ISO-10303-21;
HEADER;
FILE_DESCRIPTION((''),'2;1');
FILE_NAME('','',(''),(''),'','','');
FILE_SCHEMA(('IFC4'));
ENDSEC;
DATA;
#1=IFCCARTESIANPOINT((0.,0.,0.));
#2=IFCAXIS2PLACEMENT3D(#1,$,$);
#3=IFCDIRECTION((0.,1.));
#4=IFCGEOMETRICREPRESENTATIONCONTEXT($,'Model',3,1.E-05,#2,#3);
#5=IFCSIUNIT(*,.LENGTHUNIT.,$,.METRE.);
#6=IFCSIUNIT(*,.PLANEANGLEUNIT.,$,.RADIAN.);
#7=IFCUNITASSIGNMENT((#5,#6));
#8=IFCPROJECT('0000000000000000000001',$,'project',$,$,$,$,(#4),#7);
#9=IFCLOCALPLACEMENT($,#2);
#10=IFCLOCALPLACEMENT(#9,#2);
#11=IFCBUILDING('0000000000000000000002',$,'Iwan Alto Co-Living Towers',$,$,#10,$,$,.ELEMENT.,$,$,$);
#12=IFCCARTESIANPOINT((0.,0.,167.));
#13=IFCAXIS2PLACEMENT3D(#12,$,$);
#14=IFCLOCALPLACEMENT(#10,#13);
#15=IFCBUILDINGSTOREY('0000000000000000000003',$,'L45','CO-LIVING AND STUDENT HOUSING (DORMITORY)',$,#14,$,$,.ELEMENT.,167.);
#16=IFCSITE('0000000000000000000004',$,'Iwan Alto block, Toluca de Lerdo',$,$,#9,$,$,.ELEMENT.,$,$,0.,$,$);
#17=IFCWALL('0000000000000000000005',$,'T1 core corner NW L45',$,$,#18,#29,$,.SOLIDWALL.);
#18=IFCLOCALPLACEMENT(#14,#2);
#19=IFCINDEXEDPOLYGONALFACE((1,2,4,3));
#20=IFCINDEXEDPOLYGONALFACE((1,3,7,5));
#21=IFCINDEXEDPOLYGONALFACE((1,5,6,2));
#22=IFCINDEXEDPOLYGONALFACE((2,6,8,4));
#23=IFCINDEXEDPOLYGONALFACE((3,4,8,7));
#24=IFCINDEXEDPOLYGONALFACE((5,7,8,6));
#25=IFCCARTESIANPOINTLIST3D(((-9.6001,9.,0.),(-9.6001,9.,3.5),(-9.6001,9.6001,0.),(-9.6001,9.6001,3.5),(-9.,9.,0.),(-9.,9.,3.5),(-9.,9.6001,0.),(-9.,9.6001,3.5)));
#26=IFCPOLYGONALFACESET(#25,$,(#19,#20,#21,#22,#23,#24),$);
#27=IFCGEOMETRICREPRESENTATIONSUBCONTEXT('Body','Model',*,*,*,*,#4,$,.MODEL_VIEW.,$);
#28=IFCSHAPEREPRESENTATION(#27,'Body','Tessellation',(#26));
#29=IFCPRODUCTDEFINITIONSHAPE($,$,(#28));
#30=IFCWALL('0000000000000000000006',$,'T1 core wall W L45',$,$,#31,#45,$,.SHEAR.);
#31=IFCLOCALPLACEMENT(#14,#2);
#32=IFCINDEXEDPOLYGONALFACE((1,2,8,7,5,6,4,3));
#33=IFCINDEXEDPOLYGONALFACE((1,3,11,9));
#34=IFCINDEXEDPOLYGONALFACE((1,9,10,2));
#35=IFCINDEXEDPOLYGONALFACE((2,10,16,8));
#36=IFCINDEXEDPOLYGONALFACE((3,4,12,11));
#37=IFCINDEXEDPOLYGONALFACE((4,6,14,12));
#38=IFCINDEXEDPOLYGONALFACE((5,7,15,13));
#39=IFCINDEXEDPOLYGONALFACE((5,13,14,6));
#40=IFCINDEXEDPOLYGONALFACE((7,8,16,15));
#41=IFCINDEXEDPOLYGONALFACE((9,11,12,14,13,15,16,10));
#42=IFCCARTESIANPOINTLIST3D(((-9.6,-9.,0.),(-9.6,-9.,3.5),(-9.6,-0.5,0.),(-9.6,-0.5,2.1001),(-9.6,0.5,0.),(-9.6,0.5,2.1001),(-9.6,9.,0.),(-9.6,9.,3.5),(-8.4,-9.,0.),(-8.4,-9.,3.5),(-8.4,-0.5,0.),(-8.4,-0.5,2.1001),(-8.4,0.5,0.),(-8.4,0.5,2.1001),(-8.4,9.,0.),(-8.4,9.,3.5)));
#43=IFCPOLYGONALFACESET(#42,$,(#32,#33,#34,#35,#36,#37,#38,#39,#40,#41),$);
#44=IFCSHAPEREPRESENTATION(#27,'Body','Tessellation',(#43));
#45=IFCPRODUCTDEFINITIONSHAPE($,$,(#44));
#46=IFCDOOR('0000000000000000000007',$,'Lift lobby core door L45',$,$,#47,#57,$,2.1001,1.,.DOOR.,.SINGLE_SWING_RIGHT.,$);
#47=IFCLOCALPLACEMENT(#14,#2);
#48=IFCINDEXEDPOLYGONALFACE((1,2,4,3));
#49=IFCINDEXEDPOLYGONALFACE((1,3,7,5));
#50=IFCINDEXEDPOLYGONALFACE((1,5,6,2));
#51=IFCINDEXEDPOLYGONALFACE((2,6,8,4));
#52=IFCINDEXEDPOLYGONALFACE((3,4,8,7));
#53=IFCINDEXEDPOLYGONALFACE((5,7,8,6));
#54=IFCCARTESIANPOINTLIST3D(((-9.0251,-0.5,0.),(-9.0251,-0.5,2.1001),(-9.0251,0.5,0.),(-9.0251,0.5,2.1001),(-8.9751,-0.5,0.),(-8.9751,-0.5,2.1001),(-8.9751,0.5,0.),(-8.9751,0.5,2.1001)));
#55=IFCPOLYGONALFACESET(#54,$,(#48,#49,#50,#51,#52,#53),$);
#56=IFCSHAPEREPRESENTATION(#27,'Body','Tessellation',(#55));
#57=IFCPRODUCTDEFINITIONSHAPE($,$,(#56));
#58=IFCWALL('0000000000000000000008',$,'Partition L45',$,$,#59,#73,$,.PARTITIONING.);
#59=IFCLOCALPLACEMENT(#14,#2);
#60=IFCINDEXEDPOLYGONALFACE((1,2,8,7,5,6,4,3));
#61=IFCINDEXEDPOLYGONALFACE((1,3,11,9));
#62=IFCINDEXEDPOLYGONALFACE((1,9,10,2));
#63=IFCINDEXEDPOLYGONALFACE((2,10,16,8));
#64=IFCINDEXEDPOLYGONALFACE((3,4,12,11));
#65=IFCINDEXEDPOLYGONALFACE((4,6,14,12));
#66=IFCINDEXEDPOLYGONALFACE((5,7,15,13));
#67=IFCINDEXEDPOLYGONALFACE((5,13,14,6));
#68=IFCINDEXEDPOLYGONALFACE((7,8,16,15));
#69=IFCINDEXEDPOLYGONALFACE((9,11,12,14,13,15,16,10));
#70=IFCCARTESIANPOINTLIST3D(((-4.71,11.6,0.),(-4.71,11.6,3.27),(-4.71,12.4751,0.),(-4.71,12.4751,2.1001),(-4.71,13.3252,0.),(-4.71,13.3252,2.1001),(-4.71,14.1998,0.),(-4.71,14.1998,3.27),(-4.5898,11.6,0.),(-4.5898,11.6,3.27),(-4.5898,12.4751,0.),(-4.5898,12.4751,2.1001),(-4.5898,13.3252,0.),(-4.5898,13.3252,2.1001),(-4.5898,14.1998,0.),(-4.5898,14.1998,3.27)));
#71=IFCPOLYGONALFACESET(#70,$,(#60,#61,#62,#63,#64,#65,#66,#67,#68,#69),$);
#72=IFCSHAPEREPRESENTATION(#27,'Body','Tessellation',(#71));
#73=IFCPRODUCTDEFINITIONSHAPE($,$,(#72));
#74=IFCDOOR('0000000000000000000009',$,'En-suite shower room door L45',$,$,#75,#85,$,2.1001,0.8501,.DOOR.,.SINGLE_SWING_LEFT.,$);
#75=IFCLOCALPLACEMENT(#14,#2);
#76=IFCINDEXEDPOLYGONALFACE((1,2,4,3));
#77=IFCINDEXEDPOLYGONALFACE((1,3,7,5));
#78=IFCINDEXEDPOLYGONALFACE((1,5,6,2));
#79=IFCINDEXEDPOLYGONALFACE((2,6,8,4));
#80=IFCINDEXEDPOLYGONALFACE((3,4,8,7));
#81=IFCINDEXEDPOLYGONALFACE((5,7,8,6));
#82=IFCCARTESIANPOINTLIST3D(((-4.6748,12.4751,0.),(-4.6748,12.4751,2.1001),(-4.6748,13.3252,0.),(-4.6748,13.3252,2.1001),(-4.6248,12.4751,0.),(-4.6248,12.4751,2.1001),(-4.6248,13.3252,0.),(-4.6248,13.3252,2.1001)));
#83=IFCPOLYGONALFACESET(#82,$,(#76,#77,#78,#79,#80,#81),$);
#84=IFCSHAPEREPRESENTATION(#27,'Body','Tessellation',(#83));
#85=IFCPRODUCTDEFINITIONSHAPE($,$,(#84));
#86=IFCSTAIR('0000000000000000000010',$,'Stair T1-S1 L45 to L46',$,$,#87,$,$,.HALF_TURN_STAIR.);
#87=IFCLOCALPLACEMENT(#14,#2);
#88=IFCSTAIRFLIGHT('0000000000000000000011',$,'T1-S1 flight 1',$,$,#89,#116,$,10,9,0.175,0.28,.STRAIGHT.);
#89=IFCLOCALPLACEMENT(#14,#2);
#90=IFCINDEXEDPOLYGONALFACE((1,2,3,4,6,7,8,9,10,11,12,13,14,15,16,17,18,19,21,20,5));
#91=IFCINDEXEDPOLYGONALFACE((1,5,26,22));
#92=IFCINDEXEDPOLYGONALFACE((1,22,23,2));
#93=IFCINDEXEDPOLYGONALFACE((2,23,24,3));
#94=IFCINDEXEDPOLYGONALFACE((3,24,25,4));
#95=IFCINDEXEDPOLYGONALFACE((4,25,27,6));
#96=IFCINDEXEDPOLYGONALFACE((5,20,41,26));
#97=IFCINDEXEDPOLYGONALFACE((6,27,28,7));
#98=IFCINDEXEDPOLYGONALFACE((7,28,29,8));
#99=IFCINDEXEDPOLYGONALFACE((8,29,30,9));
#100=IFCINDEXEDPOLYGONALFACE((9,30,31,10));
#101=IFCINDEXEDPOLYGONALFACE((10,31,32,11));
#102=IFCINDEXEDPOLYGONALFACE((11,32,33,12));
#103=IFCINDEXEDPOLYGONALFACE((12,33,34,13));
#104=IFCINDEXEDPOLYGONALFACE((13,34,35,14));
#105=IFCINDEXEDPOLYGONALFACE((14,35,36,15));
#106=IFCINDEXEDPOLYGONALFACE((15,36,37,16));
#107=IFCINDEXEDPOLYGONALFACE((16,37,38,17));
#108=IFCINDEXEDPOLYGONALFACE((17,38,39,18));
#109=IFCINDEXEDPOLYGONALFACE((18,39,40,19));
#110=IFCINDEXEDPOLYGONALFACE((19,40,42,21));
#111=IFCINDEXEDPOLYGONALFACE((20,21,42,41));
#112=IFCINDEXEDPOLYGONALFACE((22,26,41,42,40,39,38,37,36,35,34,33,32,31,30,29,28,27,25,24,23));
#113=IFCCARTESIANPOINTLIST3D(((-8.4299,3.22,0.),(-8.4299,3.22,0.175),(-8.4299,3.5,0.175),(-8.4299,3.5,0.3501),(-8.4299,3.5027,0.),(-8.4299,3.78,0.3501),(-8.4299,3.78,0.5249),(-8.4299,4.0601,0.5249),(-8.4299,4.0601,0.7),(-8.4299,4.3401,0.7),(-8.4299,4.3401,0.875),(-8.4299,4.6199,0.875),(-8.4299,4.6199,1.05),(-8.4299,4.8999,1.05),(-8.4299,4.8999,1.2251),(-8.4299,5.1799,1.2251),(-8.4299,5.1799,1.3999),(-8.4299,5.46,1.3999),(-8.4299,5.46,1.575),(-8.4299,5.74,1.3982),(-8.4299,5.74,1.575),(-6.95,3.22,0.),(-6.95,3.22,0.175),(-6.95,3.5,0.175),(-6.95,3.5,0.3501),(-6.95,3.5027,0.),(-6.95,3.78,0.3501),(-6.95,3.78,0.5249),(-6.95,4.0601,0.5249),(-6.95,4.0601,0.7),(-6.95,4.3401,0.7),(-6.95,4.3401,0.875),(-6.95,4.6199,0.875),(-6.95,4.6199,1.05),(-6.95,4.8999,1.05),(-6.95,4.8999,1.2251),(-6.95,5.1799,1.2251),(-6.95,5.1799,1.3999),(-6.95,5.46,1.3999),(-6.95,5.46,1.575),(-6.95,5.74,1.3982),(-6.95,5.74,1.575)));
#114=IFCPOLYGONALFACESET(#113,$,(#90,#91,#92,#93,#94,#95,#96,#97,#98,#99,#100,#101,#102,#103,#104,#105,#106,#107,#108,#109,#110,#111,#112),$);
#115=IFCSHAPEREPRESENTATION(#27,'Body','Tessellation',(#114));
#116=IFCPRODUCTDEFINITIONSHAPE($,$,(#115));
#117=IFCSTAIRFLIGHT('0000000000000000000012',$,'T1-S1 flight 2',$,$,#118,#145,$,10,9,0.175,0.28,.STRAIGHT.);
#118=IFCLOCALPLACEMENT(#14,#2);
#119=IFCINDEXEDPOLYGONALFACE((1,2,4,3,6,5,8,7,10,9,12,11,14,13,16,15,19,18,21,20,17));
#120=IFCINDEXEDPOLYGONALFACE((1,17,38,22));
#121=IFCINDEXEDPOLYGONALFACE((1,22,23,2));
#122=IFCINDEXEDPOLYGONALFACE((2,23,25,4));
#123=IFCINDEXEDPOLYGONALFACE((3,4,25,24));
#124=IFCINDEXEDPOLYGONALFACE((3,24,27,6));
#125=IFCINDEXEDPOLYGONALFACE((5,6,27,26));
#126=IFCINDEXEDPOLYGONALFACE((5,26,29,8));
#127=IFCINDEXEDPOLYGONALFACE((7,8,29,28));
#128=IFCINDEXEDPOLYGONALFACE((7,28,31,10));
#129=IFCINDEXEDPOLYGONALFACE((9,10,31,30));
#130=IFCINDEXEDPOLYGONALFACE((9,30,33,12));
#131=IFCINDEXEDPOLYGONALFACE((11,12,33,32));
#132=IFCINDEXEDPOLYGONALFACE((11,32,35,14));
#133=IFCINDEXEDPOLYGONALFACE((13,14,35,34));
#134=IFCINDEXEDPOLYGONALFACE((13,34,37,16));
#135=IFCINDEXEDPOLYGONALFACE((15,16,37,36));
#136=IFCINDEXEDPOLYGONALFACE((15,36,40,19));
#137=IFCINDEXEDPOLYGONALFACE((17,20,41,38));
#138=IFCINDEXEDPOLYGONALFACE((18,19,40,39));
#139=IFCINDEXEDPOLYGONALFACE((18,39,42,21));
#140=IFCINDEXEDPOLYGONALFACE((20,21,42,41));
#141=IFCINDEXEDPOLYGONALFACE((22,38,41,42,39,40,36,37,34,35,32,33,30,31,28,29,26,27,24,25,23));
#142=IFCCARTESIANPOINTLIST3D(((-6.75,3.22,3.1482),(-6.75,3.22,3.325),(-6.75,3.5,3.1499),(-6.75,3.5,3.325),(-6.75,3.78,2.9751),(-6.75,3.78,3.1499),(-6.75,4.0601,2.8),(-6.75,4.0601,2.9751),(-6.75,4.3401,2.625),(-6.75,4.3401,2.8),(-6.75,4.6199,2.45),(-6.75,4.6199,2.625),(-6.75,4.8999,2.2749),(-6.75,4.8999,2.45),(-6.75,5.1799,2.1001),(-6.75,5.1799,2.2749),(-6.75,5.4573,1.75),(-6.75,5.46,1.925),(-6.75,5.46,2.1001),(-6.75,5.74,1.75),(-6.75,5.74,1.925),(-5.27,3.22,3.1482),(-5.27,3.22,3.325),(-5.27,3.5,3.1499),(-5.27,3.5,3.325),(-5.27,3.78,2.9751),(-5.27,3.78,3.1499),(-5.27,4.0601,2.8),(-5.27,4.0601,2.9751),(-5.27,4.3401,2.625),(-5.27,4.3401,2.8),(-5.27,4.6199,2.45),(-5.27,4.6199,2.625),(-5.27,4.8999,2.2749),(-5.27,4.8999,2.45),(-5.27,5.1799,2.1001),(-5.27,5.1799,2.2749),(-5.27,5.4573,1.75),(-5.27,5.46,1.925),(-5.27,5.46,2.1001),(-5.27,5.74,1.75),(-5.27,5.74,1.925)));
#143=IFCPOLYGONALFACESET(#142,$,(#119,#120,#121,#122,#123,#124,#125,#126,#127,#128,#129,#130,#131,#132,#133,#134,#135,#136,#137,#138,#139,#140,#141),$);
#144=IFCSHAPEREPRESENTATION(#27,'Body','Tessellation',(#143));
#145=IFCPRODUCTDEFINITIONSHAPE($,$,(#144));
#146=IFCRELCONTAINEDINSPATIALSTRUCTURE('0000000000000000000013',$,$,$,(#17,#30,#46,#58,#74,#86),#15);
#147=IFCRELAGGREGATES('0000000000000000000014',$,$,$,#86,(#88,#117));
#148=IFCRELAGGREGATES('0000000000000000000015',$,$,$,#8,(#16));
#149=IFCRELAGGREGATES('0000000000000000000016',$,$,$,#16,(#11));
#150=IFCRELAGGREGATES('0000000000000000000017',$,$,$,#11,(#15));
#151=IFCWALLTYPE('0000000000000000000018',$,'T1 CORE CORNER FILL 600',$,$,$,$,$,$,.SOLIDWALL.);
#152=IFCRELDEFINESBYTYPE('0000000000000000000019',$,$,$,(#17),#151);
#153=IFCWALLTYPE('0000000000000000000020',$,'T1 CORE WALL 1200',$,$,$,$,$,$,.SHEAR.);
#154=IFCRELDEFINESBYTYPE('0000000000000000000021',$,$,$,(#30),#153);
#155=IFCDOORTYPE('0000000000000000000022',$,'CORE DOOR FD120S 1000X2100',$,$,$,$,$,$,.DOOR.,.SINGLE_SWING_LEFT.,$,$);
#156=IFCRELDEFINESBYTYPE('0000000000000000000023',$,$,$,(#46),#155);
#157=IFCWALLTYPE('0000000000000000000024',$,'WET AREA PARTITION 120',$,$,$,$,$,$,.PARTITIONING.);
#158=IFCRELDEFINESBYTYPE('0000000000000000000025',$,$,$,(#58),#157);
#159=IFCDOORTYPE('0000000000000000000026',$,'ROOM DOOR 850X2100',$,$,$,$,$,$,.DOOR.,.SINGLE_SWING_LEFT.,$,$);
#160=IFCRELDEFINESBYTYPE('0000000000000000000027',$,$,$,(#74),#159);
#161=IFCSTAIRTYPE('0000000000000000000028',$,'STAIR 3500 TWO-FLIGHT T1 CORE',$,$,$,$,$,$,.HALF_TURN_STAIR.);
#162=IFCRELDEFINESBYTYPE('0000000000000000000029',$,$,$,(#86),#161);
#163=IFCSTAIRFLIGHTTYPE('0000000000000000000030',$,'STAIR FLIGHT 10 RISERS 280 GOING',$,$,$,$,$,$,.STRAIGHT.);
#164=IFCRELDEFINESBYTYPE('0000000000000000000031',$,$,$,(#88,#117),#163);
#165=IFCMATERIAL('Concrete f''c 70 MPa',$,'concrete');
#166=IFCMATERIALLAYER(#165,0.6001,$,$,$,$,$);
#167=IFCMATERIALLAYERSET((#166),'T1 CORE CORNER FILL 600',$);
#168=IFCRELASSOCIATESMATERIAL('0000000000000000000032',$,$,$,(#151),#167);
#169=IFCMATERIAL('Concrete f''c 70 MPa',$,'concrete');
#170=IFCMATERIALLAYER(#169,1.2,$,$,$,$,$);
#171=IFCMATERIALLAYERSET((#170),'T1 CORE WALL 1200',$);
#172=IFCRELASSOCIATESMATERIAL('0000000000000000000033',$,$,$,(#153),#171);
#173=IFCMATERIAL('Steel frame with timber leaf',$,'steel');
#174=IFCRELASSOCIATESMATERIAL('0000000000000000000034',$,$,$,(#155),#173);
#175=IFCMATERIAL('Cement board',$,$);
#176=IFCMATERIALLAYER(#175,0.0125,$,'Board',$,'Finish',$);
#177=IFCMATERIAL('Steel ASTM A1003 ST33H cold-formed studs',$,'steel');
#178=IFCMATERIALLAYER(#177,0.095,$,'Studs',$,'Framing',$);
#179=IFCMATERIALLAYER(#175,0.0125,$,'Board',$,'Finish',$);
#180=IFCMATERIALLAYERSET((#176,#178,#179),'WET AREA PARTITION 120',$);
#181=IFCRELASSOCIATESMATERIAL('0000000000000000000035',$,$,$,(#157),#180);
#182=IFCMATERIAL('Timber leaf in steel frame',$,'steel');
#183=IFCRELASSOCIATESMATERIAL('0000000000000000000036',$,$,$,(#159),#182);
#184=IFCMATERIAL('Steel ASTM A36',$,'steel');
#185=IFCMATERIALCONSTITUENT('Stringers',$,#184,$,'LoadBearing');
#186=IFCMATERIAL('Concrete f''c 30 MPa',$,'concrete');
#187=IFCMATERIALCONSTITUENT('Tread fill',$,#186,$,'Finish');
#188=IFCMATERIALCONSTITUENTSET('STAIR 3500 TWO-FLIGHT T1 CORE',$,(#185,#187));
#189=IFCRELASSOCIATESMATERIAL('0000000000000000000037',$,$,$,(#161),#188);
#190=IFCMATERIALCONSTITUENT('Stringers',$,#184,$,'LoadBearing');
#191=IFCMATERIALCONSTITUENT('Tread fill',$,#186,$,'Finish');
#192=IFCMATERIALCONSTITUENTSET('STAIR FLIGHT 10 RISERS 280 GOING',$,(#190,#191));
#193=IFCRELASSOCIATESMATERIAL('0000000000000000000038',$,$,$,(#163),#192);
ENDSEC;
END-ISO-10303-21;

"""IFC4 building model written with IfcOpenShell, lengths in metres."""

from ifc_helpers import new_model, si_unit, direction, frame, frame_2d, origin, place, context, subcontext, project, spatial, polyline, rectangle, outline, extrude, material, layer, layer_set, constituent, constituent_set, type_object, element, fill, aggregate, save


model = new_model("IFC4")

# Units and contexts
model_context = context("Model", 3, precision=1e-05, world=origin(), true_north=direction((0.0, 1.0)))
body_context = subcontext(model_context, "Body", "Model", "MODEL_VIEW")
ifc_project = project(units=[si_unit("LENGTHUNIT", "METRE"), si_unit("PLANEANGLEUNIT", "RADIAN")], contexts=[model_context])

# Site, building, storey
site_placement = place(None, origin())
site = spatial("IfcSite", under=ifc_project, at=site_placement, Name="Iwan Alto block, Toluca de Lerdo", CompositionType="ELEMENT", RefElevation=0.0)
building_placement = place(site_placement, origin())
building = spatial("IfcBuilding", under=site, at=building_placement, Name="Iwan Alto Co-Living Towers", CompositionType="ELEMENT")
storey_placement = place(building_placement, frame((0.0, 0.0, 167.0)))
storey = spatial("IfcBuildingStorey", under=building, at=storey_placement, Name="L45", Description="CO-LIVING AND STUDENT HOUSING (DORMITORY)", CompositionType="ELEMENT", Elevation=167.0)

# Shared definitions
ifc_material_1 = material(Name="Steel ASTM A1003 ST33H cold-formed studs", Category="steel")

# Wall
ifc_material_2 = material(Name="Concrete f'c 70 MPa", Category="concrete")
ifc_layer_1 = layer(ifc_material_2, 0.6001)
ifc_layer_set_1 = layer_set([ifc_layer_1], Name="T1 CORE CORNER FILL 600")
wall_type_1 = type_object("IfcWallType", Name="T1 CORE CORNER FILL 600", PredefinedType="SOLIDWALL", material=ifc_layer_set_1)
wall_1_placement = place(storey_placement, frame((-9.6001, 9.3, 0.0), z_axis=(0.0, 0.0, 1.0), x_axis=(1.0, 0.0, 0.0)))
element("IfcWall", 1, at=wall_1_placement, inside=storey, type_object=wall_type_1, Name="T1 core corner NW L45", PredefinedType="SOLIDWALL", context=body_context, shape_type="SweptSolid", body=[
    extrude(rectangle(XDim=0.6001, YDim=0.6001, at=frame_2d((0.3, 0.0))), origin(), (0.0, 0.0, 1.0), 3.5),
])

# Walls, openings, doors
ifc_material_3 = material(Name="Concrete f'c 70 MPa", Category="concrete")
ifc_layer_2 = layer(ifc_material_3, 1.2)
ifc_layer_set_2 = layer_set([ifc_layer_2], Name="T1 CORE WALL 1200")
wall_type_2 = type_object("IfcWallType", Name="T1 CORE WALL 1200", PredefinedType="SHEAR", material=ifc_layer_set_2)
wall_2_placement = place(storey_placement, frame((-9.0, 9.0, 0.0), z_axis=(0.0, 0.0, 1.0), x_axis=(0.0, -1.0, 0.0)))
wall_2 = element("IfcWall", 2, at=wall_2_placement, inside=storey, type_object=wall_type_2, Name="T1 core wall W L45", PredefinedType="SHEAR", context=body_context, shape_type="SweptSolid", body=[
    extrude(rectangle(XDim=18.0, YDim=1.2, at=frame_2d((9.0, 0.0))), origin(), (0.0, 0.0, 1.0), 3.5),
])
opening_1_placement = place(wall_2_placement, frame((8.5, 0.0, 0.0)))
opening_1 = element("IfcOpeningElement", 3, at=opening_1_placement, cuts=wall_2, PredefinedType="OPENING", context=body_context, shape_type="SweptSolid", body=[
    extrude(rectangle(XDim=1.0, YDim=2.1001, at=frame_2d((0.5, 1.05))), frame((0.0, 0.6099, 0.0), z_axis=(0.0, -1.0, 0.0), x_axis=(1.0, 0.0, 0.0)), (0.0, 0.0, 1.0), 1.22),
])
ifc_material_4 = material(Name="Steel frame with timber leaf", Category="steel")
door_type_1 = type_object("IfcDoorType", Name="CORE DOOR FD120S 1000X2100", OperationType="SINGLE_SWING_LEFT", PredefinedType="DOOR", material=ifc_material_4)
door_1_placement = place(opening_1_placement, origin())
door_1 = element("IfcDoor", 4, at=door_1_placement, inside=storey, type_object=door_type_1, Name="Lift lobby core door L45", OperationType="SINGLE_SWING_RIGHT", OverallHeight=2.1001, OverallWidth=1.0, PredefinedType="DOOR", context=body_context, shape_type="SweptSolid", body=[
    extrude(rectangle(XDim=1.0, YDim=2.1001, at=frame_2d((0.5, 1.05))), frame((0.0, 0.0249, 0.0), z_axis=(0.0, -1.0, 0.0), x_axis=(1.0, 0.0, 0.0)), (0.0, 0.0, 1.0), 0.05),
])
fill(opening_1, door_1)
ifc_material_5 = material(Name="Cement board")
ifc_layer_3 = layer(ifc_material_5, 0.0125, Name="Board", Category="Finish")
ifc_layer_4 = layer(ifc_material_1, 0.095, Name="Studs", Category="Framing")
ifc_layer_5 = layer(ifc_material_5, 0.0125, Name="Board", Category="Finish")
ifc_layer_set_3 = layer_set([ifc_layer_3, ifc_layer_4, ifc_layer_5], Name="WET AREA PARTITION 120")
wall_type_3 = type_object("IfcWallType", Name="WET AREA PARTITION 120", PredefinedType="PARTITIONING", material=ifc_layer_set_3)
wall_3_placement = place(storey_placement, frame((-4.6499, 11.6001, 0.0), z_axis=(0.0, 0.0, 1.0), x_axis=(0.0, 1.0, 0.0)))
wall_3 = element("IfcWall", 5, at=wall_3_placement, inside=storey, type_object=wall_type_3, Name="Partition L45", PredefinedType="PARTITIONING", context=body_context, shape_type="SweptSolid", body=[
    extrude(rectangle(XDim=2.5999, YDim=0.1201, at=frame_2d((1.2998, 0.0))), origin(), (0.0, 0.0, 1.0), 3.27),
])
opening_2_placement = place(wall_3_placement, frame((0.875, 0.0, 0.0)))
opening_2 = element("IfcOpeningElement", 6, at=opening_2_placement, cuts=wall_3, PredefinedType="OPENING", context=body_context, shape_type="SweptSolid", body=[
    extrude(rectangle(XDim=0.8501, YDim=2.1001, at=frame_2d((0.425, 1.05))), frame((0.0, 0.0701, 0.0), z_axis=(0.0, -1.0, 0.0), x_axis=(1.0, 0.0, 0.0)), (0.0, 0.0, 1.0), 0.1401),
])
ifc_material_6 = material(Name="Timber leaf in steel frame", Category="steel")
door_type_2 = type_object("IfcDoorType", Name="ROOM DOOR 850X2100", OperationType="SINGLE_SWING_LEFT", PredefinedType="DOOR", material=ifc_material_6)
door_2_placement = place(opening_2_placement, origin())
door_2 = element("IfcDoor", 7, at=door_2_placement, inside=storey, type_object=door_type_2, Name="En-suite shower room door L45", OperationType="SINGLE_SWING_LEFT", OverallHeight=2.1001, OverallWidth=0.8501, PredefinedType="DOOR", context=body_context, shape_type="SweptSolid", body=[
    extrude(rectangle(XDim=0.8501, YDim=2.1001, at=frame_2d((0.425, 1.05))), frame((0.0, 0.0249, 0.0), z_axis=(0.0, -1.0, 0.0), x_axis=(1.0, 0.0, 0.0)), (0.0, 0.0, 1.0), 0.05),
])
fill(opening_2, door_2)

# Stair, stair flights
ifc_material_7 = material(Name="Steel ASTM A36", Category="steel")
ifc_constituent_1 = constituent(ifc_material_7, Name="Stringers", Category="LoadBearing")
ifc_material_8 = material(Name="Concrete f'c 30 MPa", Category="concrete")
ifc_constituent_2 = constituent(ifc_material_8, Name="Tread fill", Category="Finish")
ifc_constituent_set_1 = constituent_set(constituents=[ifc_constituent_1, ifc_constituent_2], Name="STAIR 3500 TWO-FLIGHT T1 CORE")
stair_type = type_object("IfcStairType", Name="STAIR 3500 TWO-FLIGHT T1 CORE", PredefinedType="HALF_TURN_STAIR", material=ifc_constituent_set_1)
stair_placement = place(storey_placement, origin())
stair = element("IfcStair", 8, at=stair_placement, inside=storey, type_object=stair_type, Name="Stair T1-S1 L45 to L46", PredefinedType="HALF_TURN_STAIR")
ifc_constituent_3 = constituent(ifc_material_7, Name="Stringers", Category="LoadBearing")
ifc_constituent_4 = constituent(ifc_material_8, Name="Tread fill", Category="Finish")
ifc_constituent_set_2 = constituent_set(constituents=[ifc_constituent_3, ifc_constituent_4], Name="STAIR FLIGHT 10 RISERS 280 GOING")
stair_flight_type = type_object("IfcStairFlightType", Name="STAIR FLIGHT 10 RISERS 280 GOING", PredefinedType="STRAIGHT", material=ifc_constituent_set_2)
stair_flight_1_placement = place(storey_placement, frame((-7.6899, 3.22, 0.0), z_axis=(0.0, 0.0, 1.0), x_axis=(0.0, 1.0, 0.0)))
stair_flight_1 = element("IfcStairFlight", 9, at=stair_flight_1_placement, type_object=stair_flight_type, Name="T1-S1 flight 1", NumberOfRisers=10, NumberOfTreads=9, PredefinedType="STRAIGHT", RiserHeight=0.175, TreadLength=0.28, context=body_context, shape_type="SweptSolid", body=[
    extrude(outline(polyline([(0.0, 0.0), (0.0, 0.175), (0.28, 0.175), (0.28, 0.3501), (0.5601, 0.3501), (0.5601, 0.5249), (0.8401, 0.5249), (0.8401, 0.7), (1.1201, 0.7), (1.1201, 0.875), (1.3999, 0.875), (1.3999, 1.05), (1.6799, 1.05), (1.6799, 1.2251), (1.96, 1.2251), (1.96, 1.3999), (2.24, 1.3999), (2.24, 1.575), (2.52, 1.575), (2.52, 1.75), (2.52, 1.3982), (0.2827, 0.0), (0.0, 0.0)])), frame((0.0, 0.74, 0.0), z_axis=(0.0, -1.0, 0.0), x_axis=(1.0, 0.0, 0.0)), (0.0, 0.0, 1.0), 1.48),
])
stair_flight_2_placement = place(storey_placement, frame((-6.01, 5.74, 1.75), z_axis=(0.0, 0.0, 1.0), x_axis=(0.0, -1.0, 0.0)))
stair_flight_2 = element("IfcStairFlight", 10, at=stair_flight_2_placement, type_object=stair_flight_type, Name="T1-S1 flight 2", NumberOfRisers=10, NumberOfTreads=9, PredefinedType="STRAIGHT", RiserHeight=0.175, TreadLength=0.28, context=body_context, shape_type="SweptSolid", body=[
    extrude(outline(polyline([(0.0, 0.0), (0.0, 0.175), (0.28, 0.175), (0.28, 0.3501), (0.5601, 0.3501), (0.5601, 0.5249), (0.8401, 0.5249), (0.8401, 0.7), (1.1201, 0.7), (1.1201, 0.875), (1.3999, 0.875), (1.3999, 1.05), (1.6799, 1.05), (1.6799, 1.2251), (1.96, 1.2251), (1.96, 1.3999), (2.24, 1.3999), (2.24, 1.575), (2.52, 1.575), (2.52, 1.75), (2.52, 1.3982), (0.2827, 0.0), (0.0, 0.0)])), frame((0.0, 0.74, 0.0), z_axis=(0.0, -1.0, 0.0), x_axis=(1.0, 0.0, 0.0)), (0.0, 0.0, 1.0), 1.48),
])
aggregate(stair, [stair_flight_1, stair_flight_2])

save(model, "model.ifc")
